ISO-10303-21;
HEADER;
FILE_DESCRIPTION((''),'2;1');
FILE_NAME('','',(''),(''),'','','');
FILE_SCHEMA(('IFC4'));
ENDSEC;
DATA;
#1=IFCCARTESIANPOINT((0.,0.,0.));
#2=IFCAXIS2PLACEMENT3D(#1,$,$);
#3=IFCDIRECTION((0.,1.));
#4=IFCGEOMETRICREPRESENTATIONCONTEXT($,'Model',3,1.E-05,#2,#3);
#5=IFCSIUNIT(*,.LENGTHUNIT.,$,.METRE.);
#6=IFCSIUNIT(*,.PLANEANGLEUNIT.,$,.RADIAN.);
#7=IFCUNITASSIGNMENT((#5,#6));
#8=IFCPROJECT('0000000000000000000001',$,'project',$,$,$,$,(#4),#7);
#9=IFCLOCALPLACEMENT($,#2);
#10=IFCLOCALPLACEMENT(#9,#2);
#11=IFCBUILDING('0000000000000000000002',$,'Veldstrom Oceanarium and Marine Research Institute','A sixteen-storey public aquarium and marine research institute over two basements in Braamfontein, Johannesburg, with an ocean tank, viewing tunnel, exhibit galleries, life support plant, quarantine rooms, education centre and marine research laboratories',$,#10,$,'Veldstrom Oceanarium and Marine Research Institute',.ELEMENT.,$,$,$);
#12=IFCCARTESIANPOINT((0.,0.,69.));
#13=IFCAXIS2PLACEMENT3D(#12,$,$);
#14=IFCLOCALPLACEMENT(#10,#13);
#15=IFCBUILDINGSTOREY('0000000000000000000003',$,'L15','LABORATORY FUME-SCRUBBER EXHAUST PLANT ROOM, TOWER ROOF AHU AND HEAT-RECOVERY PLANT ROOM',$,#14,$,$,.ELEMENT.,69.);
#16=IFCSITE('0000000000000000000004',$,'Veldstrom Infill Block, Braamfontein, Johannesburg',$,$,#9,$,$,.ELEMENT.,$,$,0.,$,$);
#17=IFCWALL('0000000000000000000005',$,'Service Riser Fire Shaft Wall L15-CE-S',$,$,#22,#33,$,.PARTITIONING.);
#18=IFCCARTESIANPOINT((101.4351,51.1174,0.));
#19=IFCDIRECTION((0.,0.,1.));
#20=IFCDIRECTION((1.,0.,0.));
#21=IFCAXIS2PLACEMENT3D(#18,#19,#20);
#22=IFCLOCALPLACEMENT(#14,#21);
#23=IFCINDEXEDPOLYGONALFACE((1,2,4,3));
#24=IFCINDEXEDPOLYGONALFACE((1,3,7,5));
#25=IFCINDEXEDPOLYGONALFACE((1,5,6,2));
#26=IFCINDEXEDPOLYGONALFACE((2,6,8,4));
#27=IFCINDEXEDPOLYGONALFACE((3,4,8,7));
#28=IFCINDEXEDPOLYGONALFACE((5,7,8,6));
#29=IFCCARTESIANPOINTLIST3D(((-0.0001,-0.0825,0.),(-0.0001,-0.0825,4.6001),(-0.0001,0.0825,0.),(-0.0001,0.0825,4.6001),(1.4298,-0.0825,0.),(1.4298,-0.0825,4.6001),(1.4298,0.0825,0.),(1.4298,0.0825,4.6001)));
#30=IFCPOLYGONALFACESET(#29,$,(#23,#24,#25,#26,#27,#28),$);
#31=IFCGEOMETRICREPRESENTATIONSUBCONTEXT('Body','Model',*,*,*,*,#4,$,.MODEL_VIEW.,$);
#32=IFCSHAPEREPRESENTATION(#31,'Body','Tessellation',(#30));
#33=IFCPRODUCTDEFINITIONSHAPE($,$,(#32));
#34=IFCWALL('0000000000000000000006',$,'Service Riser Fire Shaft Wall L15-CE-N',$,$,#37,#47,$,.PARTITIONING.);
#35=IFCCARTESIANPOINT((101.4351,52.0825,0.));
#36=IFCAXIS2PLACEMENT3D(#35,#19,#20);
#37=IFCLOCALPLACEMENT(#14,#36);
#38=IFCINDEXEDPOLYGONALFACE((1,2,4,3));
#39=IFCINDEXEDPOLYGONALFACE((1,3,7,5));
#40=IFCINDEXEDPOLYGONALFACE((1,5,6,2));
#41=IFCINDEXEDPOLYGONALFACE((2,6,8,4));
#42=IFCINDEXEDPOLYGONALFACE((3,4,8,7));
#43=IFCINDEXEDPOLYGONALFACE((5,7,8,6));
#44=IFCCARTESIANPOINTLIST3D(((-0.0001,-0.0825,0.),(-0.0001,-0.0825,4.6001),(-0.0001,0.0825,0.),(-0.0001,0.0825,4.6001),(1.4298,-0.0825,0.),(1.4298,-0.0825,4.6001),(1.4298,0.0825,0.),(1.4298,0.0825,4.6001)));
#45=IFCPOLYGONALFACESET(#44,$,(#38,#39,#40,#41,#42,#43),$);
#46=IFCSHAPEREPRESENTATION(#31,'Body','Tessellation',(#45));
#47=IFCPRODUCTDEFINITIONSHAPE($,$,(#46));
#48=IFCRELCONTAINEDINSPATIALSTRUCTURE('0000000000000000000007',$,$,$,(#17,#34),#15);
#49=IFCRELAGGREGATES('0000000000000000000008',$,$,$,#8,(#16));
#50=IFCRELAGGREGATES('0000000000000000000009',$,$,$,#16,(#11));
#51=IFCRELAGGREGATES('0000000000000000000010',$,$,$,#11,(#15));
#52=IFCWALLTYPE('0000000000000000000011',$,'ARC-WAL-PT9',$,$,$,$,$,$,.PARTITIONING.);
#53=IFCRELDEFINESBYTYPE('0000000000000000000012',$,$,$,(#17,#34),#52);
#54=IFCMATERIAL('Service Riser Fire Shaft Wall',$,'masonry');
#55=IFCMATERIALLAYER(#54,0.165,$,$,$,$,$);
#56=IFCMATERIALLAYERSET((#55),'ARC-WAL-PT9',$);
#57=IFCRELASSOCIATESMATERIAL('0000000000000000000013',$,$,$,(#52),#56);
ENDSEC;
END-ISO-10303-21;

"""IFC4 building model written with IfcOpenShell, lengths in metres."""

from ifc_helpers import new_model, si_unit, direction, frame, frame_2d, origin, place, context, subcontext, project, spatial, rectangle, extrude, material, layer, layer_set, type_object, element, save


model = new_model("IFC4")

# Units and contexts
model_context = context("Model", 3, precision=1e-05, world=origin(), true_north=direction((0.0, 1.0)))
body_context = subcontext(model_context, "Body", "Model", "MODEL_VIEW")
ifc_project = project(units=[si_unit("LENGTHUNIT", "METRE"), si_unit("PLANEANGLEUNIT", "RADIAN")], contexts=[model_context])

# Site, building, storey
site_placement = place(None, origin())
site = spatial("IfcSite", under=ifc_project, at=site_placement, Name="Veldstrom Infill Block, Braamfontein, Johannesburg", CompositionType="ELEMENT", RefElevation=0.0)
building_placement = place(site_placement, origin())
building = spatial("IfcBuilding", under=site, at=building_placement, Name="Veldstrom Oceanarium and Marine Research Institute", Description="A sixteen-storey public aquarium and marine research institute over two basements in Braamfontein, Johannesburg, with an ocean tank, viewing tunnel, exhibit galleries, life support plant, quarantine rooms, education centre and marine research laboratories", LongName="Veldstrom Oceanarium and Marine Research Institute", CompositionType="ELEMENT")
storey_placement = place(building_placement, frame((0.0, 0.0, 69.0)))
storey = spatial("IfcBuildingStorey", under=building, at=storey_placement, Name="L15", Description="LABORATORY FUME-SCRUBBER EXHAUST PLANT ROOM, TOWER ROOF AHU AND HEAT-RECOVERY PLANT ROOM", CompositionType="ELEMENT", Elevation=69.0)

# Walls
ifc_material_1 = material(Name="Service Riser Fire Shaft Wall", Category="masonry")
ifc_layer_1 = layer(ifc_material_1, 0.165)
ifc_layer_set_1 = layer_set([ifc_layer_1], Name="ARC-WAL-PT9")
wall_type_1 = type_object("IfcWallType", Name="ARC-WAL-PT9", PredefinedType="PARTITIONING", material=ifc_layer_set_1)
for number, where, z_axis, x_axis, name in (
    (1, (101.4351, 51.1174, 0.0), (0.0, 0.0, 1.0), (1.0, 0.0, 0.0), "Service Riser Fire Shaft Wall L15-CE-S"),
    (2, (101.4351, 52.0825, 0.0), (0.0, 0.0, 1.0), (1.0, 0.0, 0.0), "Service Riser Fire Shaft Wall L15-CE-N"),
):
    element("IfcWall", number, at=place(storey_placement, frame(where, z_axis=z_axis, x_axis=x_axis)), inside=storey, type_object=wall_type_1, Name=name, PredefinedType="PARTITIONING", context=body_context, shape_type="SweptSolid", body=[
        extrude(rectangle(XDim=1.4299, YDim=0.165, at=frame_2d((0.7148, 0.0))), origin(), (0.0, 0.0, 1.0), 4.6001),
    ])

save(model, "model.ifc")
